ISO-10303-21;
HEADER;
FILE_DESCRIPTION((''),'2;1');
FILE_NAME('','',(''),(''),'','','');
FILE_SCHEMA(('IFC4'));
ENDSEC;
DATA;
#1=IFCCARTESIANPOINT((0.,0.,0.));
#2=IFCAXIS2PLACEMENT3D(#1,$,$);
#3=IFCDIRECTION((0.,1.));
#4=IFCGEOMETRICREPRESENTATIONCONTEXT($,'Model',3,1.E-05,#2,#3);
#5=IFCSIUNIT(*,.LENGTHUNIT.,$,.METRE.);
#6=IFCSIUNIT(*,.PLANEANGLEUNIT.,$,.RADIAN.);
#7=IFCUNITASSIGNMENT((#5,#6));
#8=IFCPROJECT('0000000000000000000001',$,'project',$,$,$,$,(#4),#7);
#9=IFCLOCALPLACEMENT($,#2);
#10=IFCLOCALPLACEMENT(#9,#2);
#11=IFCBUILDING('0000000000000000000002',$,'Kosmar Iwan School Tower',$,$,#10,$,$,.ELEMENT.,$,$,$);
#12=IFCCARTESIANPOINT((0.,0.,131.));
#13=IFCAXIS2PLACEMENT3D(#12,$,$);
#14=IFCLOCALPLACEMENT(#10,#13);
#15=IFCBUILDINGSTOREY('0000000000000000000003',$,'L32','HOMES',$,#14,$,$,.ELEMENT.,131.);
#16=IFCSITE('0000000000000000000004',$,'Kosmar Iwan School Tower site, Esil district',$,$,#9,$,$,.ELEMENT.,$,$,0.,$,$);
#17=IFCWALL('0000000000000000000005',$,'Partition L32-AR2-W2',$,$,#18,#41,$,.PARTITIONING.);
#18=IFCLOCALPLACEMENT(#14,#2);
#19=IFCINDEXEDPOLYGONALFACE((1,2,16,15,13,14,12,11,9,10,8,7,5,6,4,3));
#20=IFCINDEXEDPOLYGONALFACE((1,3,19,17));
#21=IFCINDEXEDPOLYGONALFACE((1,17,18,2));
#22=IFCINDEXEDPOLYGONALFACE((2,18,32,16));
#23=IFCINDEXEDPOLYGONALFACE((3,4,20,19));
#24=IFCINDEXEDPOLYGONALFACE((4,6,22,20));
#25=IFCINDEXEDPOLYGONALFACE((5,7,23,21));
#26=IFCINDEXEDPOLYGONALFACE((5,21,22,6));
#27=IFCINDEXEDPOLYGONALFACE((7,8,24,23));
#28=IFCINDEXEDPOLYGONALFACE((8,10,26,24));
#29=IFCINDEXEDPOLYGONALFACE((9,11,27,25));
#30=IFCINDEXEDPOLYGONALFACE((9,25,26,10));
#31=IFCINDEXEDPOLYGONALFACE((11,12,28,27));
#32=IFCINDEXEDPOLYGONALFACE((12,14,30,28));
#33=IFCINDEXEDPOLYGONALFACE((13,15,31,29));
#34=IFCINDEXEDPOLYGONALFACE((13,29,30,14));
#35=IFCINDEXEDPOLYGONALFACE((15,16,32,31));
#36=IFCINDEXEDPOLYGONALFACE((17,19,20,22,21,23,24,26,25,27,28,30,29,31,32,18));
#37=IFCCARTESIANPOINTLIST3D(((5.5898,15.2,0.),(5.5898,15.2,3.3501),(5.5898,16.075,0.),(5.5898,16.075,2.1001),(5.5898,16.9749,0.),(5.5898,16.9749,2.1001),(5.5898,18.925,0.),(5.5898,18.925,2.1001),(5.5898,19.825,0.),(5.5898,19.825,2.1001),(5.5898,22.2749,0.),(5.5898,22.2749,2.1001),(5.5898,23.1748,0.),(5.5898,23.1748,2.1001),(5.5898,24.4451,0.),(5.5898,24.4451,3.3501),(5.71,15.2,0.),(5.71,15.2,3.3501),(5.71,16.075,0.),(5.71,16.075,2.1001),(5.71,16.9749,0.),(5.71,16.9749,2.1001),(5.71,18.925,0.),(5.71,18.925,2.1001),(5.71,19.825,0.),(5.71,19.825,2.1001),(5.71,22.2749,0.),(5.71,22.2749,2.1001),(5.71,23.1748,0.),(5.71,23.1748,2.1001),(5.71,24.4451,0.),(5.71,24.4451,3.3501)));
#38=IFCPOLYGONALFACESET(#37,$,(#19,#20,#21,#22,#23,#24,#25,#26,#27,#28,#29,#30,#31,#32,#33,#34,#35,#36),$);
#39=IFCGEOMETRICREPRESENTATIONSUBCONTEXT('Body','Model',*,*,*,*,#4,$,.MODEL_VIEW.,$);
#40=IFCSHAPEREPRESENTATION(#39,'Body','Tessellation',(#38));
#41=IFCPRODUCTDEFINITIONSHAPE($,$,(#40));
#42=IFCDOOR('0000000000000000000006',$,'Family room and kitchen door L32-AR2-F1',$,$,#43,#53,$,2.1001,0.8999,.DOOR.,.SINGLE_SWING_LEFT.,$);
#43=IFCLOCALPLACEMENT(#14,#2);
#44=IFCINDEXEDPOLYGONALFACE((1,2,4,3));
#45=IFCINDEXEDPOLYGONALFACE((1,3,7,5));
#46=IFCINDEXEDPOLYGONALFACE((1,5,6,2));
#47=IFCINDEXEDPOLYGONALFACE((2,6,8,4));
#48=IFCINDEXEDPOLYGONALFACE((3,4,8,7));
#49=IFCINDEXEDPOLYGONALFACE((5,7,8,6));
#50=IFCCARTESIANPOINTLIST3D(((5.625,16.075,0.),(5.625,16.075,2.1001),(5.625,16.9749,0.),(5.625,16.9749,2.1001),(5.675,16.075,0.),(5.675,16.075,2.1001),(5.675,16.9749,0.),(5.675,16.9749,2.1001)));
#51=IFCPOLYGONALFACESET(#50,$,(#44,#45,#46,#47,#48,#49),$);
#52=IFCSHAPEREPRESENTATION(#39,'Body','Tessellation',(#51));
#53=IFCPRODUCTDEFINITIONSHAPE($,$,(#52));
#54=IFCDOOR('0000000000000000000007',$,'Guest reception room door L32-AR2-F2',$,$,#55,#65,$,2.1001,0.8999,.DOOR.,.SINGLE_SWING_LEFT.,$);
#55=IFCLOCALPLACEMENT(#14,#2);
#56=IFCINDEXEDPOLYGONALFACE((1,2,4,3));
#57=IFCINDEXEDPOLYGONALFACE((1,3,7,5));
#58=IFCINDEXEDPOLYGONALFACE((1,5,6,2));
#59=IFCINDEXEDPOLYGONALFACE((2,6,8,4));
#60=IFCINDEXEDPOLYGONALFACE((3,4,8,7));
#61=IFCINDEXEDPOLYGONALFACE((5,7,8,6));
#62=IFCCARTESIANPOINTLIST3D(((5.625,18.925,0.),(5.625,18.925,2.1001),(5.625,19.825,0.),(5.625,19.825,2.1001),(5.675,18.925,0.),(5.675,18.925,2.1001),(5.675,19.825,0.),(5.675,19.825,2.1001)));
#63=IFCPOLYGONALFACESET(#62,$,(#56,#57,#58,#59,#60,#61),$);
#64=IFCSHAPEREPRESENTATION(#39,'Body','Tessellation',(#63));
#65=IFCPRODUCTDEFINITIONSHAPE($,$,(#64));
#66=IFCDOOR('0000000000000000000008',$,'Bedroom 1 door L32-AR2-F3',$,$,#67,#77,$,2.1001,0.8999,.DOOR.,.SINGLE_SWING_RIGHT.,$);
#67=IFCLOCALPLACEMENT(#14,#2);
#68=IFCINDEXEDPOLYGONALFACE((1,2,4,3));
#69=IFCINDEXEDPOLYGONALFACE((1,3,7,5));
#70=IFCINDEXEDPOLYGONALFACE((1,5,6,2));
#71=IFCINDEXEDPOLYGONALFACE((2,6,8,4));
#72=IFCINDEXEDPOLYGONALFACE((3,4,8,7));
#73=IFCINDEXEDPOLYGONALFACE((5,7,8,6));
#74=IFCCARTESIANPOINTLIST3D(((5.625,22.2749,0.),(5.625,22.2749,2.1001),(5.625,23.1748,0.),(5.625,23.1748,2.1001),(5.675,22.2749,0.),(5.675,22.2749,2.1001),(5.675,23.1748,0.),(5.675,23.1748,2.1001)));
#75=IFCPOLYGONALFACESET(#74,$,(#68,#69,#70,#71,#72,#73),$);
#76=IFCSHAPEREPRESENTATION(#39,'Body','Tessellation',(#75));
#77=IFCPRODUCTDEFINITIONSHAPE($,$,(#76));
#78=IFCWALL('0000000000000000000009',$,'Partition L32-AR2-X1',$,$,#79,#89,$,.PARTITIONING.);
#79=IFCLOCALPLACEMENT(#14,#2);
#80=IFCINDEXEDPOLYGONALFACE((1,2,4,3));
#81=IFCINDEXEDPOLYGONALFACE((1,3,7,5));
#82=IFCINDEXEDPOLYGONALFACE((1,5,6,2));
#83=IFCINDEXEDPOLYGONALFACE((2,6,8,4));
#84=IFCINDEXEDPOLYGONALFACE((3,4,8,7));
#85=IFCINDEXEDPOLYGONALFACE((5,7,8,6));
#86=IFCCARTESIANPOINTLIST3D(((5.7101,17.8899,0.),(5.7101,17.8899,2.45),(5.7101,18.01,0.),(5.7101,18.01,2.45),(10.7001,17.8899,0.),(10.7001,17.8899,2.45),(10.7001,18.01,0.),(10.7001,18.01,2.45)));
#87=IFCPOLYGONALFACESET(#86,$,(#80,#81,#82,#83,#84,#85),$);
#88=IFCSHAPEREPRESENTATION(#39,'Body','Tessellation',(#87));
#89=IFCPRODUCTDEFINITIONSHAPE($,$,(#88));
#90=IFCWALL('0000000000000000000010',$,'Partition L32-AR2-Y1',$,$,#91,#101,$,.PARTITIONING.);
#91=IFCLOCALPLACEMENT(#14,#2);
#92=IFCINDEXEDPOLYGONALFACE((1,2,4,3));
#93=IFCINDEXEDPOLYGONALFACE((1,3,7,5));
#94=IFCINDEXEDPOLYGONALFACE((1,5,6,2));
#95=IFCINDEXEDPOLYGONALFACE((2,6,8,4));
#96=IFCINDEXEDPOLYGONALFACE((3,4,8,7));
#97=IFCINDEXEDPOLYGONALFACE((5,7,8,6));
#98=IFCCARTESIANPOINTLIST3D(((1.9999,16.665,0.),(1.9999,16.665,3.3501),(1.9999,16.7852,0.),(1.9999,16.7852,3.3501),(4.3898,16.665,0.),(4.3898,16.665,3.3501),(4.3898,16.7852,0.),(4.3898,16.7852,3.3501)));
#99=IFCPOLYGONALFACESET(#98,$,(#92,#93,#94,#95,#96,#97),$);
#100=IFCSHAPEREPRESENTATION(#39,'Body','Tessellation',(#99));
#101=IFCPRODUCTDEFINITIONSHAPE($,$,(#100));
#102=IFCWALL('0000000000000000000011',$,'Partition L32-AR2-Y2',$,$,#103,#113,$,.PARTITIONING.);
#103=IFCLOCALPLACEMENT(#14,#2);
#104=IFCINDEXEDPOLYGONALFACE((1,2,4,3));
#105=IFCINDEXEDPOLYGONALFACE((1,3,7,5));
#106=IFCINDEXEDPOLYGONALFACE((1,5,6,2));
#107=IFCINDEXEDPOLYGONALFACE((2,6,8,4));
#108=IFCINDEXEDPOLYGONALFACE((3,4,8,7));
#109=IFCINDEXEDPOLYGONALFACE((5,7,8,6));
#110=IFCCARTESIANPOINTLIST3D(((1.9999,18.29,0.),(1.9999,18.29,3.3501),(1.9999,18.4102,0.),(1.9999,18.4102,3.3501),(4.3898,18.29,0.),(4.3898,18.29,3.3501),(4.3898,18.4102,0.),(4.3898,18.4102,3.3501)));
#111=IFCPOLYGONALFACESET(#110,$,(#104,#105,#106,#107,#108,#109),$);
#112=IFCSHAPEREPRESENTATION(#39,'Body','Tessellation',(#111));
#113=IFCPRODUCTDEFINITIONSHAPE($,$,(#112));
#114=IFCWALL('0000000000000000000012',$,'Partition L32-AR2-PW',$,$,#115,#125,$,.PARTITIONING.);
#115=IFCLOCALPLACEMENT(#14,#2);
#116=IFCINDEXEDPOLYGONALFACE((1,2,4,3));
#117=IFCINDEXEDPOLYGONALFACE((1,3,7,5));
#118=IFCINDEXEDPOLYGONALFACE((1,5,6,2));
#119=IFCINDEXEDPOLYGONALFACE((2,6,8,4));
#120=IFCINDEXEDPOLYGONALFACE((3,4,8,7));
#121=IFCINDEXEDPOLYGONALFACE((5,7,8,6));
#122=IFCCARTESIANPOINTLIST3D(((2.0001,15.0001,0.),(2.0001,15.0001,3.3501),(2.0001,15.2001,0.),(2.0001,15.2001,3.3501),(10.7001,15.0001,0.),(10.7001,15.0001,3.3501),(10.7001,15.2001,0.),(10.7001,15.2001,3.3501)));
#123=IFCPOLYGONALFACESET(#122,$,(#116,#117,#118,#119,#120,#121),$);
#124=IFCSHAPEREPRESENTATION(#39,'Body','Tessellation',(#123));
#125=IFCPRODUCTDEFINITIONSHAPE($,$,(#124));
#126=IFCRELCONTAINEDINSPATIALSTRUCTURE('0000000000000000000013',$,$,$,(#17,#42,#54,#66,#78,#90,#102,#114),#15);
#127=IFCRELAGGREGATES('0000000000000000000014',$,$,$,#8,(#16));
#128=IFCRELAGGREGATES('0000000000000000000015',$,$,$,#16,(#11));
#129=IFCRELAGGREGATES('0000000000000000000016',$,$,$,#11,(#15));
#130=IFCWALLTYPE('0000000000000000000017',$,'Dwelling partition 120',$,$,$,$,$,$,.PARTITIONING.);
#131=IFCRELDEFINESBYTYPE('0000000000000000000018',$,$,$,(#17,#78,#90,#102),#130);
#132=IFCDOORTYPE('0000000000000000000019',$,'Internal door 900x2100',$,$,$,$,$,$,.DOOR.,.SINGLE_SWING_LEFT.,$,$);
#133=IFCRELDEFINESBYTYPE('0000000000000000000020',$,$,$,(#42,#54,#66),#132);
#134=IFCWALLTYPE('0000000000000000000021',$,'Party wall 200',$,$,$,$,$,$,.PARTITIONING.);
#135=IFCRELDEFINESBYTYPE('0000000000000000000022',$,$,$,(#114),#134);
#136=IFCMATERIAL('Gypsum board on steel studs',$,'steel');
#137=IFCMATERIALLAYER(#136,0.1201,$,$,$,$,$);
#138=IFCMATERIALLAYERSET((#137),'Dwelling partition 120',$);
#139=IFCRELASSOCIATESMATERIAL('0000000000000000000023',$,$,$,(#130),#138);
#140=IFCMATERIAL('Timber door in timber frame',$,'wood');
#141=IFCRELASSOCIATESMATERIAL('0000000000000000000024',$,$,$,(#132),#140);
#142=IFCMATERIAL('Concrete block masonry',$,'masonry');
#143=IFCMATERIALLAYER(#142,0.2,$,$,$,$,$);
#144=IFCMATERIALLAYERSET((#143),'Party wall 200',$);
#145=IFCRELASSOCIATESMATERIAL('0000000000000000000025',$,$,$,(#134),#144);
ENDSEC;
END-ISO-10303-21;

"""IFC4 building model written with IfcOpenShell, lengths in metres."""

from ifc_helpers import new_model, si_unit, direction, frame, frame_2d, origin, place, context, subcontext, project, spatial, rectangle, extrude, material, layer, layer_set, type_object, element, fill, save


model = new_model("IFC4")

# Units and contexts
model_context = context("Model", 3, precision=1e-05, world=origin(), true_north=direction((0.0, 1.0)))
body_context = subcontext(model_context, "Body", "Model", "MODEL_VIEW")
ifc_project = project(units=[si_unit("LENGTHUNIT", "METRE"), si_unit("PLANEANGLEUNIT", "RADIAN")], contexts=[model_context])

# Site, building, storey
site_placement = place(None, origin())
site = spatial("IfcSite", under=ifc_project, at=site_placement, Name="Kosmar Iwan School Tower site, Esil district", CompositionType="ELEMENT", RefElevation=0.0)
building_placement = place(site_placement, origin())
building = spatial("IfcBuilding", under=site, at=building_placement, Name="Kosmar Iwan School Tower", CompositionType="ELEMENT")
storey_placement = place(building_placement, frame((0.0, 0.0, 131.0)))
storey = spatial("IfcBuildingStorey", under=building, at=storey_placement, Name="L32", Description="HOMES", CompositionType="ELEMENT", Elevation=131.0)

# Shared definitions
ifc_material_1 = material(Name="Gypsum board on steel studs", Category="steel")
ifc_layer_1 = layer(ifc_material_1, 0.1201)
ifc_layer_set_1 = layer_set([ifc_layer_1], Name="Dwelling partition 120")
wall_type_1 = type_object("IfcWallType", Name="Dwelling partition 120", PredefinedType="PARTITIONING", material=ifc_layer_set_1)

# Wall, openings, doors
ifc_material_2 = material(Name="Timber door in timber frame", Category="wood")
door_type_1 = type_object("IfcDoorType", Name="Internal door 900x2100", OperationType="SINGLE_SWING_LEFT", PredefinedType="DOOR", material=ifc_material_2)
wall_1_placement = place(storey_placement, frame((5.6499, 15.2, 0.0), z_axis=(0.0, 0.0, 1.0), x_axis=(0.0, 1.0, 0.0)))
wall_1 = element("IfcWall", 1, at=wall_1_placement, inside=storey, type_object=wall_type_1, Name="Partition L32-AR2-W2", PredefinedType="PARTITIONING", context=body_context, shape_type="SweptSolid", body=[
    extrude(rectangle(XDim=9.2451, YDim=0.1201, at=frame_2d((4.6226, 0.0))), origin(), (0.0, 0.0, 1.0), 3.3501),
])
opening_1_placement = place(wall_1_placement, frame((0.875, 0.0, 0.0)))
opening_1 = element("IfcOpeningElement", 2, at=opening_1_placement, cuts=wall_1, PredefinedType="OPENING", context=body_context, shape_type="SweptSolid", body=[
    extrude(rectangle(XDim=0.8999, YDim=2.1001, at=frame_2d((0.45, 1.05))), frame((0.0, 0.072, 0.0), z_axis=(0.0, -1.0, 0.0), x_axis=(1.0, 0.0, 0.0)), (0.0, 0.0, 1.0), 0.144),
])
opening_2_placement = place(wall_1_placement, frame((3.7251, 0.0, 0.0)))
opening_2 = element("IfcOpeningElement", 3, at=opening_2_placement, cuts=wall_1, PredefinedType="OPENING", context=body_context, shape_type="SweptSolid", body=[
    extrude(rectangle(XDim=0.8999, YDim=2.1001, at=frame_2d((0.45, 1.05))), frame((0.0, 0.072, 0.0), z_axis=(0.0, -1.0, 0.0), x_axis=(1.0, 0.0, 0.0)), (0.0, 0.0, 1.0), 0.144),
])
opening_3_placement = place(wall_1_placement, frame((7.075, 0.0, 0.0)))
opening_3 = element("IfcOpeningElement", 4, at=opening_3_placement, cuts=wall_1, PredefinedType="OPENING", context=body_context, shape_type="SweptSolid", body=[
    extrude(rectangle(XDim=0.8999, YDim=2.1001, at=frame_2d((0.45, 1.05))), frame((0.0, 0.072, 0.0), z_axis=(0.0, -1.0, 0.0), x_axis=(1.0, 0.0, 0.0)), (0.0, 0.0, 1.0), 0.144),
])
door_1_placement = place(opening_1_placement, origin())
door_1 = element("IfcDoor", 5, at=door_1_placement, inside=storey, type_object=door_type_1, Name="Family room and kitchen door L32-AR2-F1", OperationType="SINGLE_SWING_LEFT", OverallHeight=2.1001, OverallWidth=0.8999, PredefinedType="DOOR", context=body_context, shape_type="SweptSolid", body=[
    extrude(rectangle(XDim=0.8999, YDim=2.1001, at=frame_2d((0.45, 1.05))), frame((0.0, 0.0249, 0.0), z_axis=(0.0, -1.0, 0.0), x_axis=(1.0, 0.0, 0.0)), (0.0, 0.0, 1.0), 0.05),
])
fill(opening_1, door_1)
door_2_placement = place(opening_2_placement, origin())
door_2 = element("IfcDoor", 6, at=door_2_placement, inside=storey, type_object=door_type_1, Name="Guest reception room door L32-AR2-F2", OperationType="SINGLE_SWING_LEFT", OverallHeight=2.1001, OverallWidth=0.8999, PredefinedType="DOOR", context=body_context, shape_type="SweptSolid", body=[
    extrude(rectangle(XDim=0.8999, YDim=2.1001, at=frame_2d((0.45, 1.05))), frame((0.0, 0.0249, 0.0), z_axis=(0.0, -1.0, 0.0), x_axis=(1.0, 0.0, 0.0)), (0.0, 0.0, 1.0), 0.05),
])
fill(opening_2, door_2)
door_3_placement = place(opening_3_placement, origin())
door_3 = element("IfcDoor", 7, at=door_3_placement, inside=storey, type_object=door_type_1, Name="Bedroom 1 door L32-AR2-F3", OperationType="SINGLE_SWING_RIGHT", OverallHeight=2.1001, OverallWidth=0.8999, PredefinedType="DOOR", context=body_context, shape_type="SweptSolid", body=[
    extrude(rectangle(XDim=0.8999, YDim=2.1001, at=frame_2d((0.45, 1.05))), frame((0.0, 0.0249, 0.0), z_axis=(0.0, -1.0, 0.0), x_axis=(1.0, 0.0, 0.0)), (0.0, 0.0, 1.0), 0.05),
])
fill(opening_3, door_3)

# Walls
wall_2_placement = place(storey_placement, frame((5.71, 17.95, 0.0), z_axis=(0.0, 0.0, 1.0), x_axis=(1.0, 0.0, 0.0)))
element("IfcWall", 8, at=wall_2_placement, inside=storey, type_object=wall_type_1, Name="Partition L32-AR2-X1", PredefinedType="PARTITIONING", context=body_context, shape_type="SweptSolid", body=[
    extrude(rectangle(XDim=4.99, YDim=0.1201, at=frame_2d((2.4951, 0.0))), origin(), (0.0, 0.0, 1.0), 2.45),
])
for number, where, z_axis, x_axis, name in (
    (9, (2.0, 16.7251, 0.0), (0.0, 0.0, 1.0), (1.0, 0.0, 0.0), "Partition L32-AR2-Y1"),
    (10, (2.0, 18.3501, 0.0), (0.0, 0.0, 1.0), (1.0, 0.0, 0.0), "Partition L32-AR2-Y2"),
):
    element("IfcWall", number, at=place(storey_placement, frame(where, z_axis=z_axis, x_axis=x_axis)), inside=storey, type_object=wall_type_1, Name=name, PredefinedType="PARTITIONING", context=body_context, shape_type="SweptSolid", body=[
        extrude(rectangle(XDim=2.3899, YDim=0.1201, at=frame_2d((1.1948, 0.0))), origin(), (0.0, 0.0, 1.0), 3.3501),
    ])
ifc_material_3 = material(Name="Concrete block masonry", Category="masonry")
ifc_layer_2 = layer(ifc_material_3, 0.2)
ifc_layer_set_2 = layer_set([ifc_layer_2], Name="Party wall 200")
wall_type_2 = type_object("IfcWallType", Name="Party wall 200", PredefinedType="PARTITIONING", material=ifc_layer_set_2)
wall_3_placement = place(storey_placement, frame((2.0, 15.1001, 0.0), z_axis=(0.0, 0.0, 1.0), x_axis=(1.0, 0.0, 0.0)))
element("IfcWall", 11, at=wall_3_placement, inside=storey, type_object=wall_type_2, Name="Partition L32-AR2-PW", PredefinedType="PARTITIONING", context=body_context, shape_type="SweptSolid", body=[
    extrude(rectangle(XDim=8.7, YDim=0.2, at=frame_2d((4.3501, 0.0))), origin(), (0.0, 0.0, 1.0), 3.3501),
])

save(model, "model.ifc")
